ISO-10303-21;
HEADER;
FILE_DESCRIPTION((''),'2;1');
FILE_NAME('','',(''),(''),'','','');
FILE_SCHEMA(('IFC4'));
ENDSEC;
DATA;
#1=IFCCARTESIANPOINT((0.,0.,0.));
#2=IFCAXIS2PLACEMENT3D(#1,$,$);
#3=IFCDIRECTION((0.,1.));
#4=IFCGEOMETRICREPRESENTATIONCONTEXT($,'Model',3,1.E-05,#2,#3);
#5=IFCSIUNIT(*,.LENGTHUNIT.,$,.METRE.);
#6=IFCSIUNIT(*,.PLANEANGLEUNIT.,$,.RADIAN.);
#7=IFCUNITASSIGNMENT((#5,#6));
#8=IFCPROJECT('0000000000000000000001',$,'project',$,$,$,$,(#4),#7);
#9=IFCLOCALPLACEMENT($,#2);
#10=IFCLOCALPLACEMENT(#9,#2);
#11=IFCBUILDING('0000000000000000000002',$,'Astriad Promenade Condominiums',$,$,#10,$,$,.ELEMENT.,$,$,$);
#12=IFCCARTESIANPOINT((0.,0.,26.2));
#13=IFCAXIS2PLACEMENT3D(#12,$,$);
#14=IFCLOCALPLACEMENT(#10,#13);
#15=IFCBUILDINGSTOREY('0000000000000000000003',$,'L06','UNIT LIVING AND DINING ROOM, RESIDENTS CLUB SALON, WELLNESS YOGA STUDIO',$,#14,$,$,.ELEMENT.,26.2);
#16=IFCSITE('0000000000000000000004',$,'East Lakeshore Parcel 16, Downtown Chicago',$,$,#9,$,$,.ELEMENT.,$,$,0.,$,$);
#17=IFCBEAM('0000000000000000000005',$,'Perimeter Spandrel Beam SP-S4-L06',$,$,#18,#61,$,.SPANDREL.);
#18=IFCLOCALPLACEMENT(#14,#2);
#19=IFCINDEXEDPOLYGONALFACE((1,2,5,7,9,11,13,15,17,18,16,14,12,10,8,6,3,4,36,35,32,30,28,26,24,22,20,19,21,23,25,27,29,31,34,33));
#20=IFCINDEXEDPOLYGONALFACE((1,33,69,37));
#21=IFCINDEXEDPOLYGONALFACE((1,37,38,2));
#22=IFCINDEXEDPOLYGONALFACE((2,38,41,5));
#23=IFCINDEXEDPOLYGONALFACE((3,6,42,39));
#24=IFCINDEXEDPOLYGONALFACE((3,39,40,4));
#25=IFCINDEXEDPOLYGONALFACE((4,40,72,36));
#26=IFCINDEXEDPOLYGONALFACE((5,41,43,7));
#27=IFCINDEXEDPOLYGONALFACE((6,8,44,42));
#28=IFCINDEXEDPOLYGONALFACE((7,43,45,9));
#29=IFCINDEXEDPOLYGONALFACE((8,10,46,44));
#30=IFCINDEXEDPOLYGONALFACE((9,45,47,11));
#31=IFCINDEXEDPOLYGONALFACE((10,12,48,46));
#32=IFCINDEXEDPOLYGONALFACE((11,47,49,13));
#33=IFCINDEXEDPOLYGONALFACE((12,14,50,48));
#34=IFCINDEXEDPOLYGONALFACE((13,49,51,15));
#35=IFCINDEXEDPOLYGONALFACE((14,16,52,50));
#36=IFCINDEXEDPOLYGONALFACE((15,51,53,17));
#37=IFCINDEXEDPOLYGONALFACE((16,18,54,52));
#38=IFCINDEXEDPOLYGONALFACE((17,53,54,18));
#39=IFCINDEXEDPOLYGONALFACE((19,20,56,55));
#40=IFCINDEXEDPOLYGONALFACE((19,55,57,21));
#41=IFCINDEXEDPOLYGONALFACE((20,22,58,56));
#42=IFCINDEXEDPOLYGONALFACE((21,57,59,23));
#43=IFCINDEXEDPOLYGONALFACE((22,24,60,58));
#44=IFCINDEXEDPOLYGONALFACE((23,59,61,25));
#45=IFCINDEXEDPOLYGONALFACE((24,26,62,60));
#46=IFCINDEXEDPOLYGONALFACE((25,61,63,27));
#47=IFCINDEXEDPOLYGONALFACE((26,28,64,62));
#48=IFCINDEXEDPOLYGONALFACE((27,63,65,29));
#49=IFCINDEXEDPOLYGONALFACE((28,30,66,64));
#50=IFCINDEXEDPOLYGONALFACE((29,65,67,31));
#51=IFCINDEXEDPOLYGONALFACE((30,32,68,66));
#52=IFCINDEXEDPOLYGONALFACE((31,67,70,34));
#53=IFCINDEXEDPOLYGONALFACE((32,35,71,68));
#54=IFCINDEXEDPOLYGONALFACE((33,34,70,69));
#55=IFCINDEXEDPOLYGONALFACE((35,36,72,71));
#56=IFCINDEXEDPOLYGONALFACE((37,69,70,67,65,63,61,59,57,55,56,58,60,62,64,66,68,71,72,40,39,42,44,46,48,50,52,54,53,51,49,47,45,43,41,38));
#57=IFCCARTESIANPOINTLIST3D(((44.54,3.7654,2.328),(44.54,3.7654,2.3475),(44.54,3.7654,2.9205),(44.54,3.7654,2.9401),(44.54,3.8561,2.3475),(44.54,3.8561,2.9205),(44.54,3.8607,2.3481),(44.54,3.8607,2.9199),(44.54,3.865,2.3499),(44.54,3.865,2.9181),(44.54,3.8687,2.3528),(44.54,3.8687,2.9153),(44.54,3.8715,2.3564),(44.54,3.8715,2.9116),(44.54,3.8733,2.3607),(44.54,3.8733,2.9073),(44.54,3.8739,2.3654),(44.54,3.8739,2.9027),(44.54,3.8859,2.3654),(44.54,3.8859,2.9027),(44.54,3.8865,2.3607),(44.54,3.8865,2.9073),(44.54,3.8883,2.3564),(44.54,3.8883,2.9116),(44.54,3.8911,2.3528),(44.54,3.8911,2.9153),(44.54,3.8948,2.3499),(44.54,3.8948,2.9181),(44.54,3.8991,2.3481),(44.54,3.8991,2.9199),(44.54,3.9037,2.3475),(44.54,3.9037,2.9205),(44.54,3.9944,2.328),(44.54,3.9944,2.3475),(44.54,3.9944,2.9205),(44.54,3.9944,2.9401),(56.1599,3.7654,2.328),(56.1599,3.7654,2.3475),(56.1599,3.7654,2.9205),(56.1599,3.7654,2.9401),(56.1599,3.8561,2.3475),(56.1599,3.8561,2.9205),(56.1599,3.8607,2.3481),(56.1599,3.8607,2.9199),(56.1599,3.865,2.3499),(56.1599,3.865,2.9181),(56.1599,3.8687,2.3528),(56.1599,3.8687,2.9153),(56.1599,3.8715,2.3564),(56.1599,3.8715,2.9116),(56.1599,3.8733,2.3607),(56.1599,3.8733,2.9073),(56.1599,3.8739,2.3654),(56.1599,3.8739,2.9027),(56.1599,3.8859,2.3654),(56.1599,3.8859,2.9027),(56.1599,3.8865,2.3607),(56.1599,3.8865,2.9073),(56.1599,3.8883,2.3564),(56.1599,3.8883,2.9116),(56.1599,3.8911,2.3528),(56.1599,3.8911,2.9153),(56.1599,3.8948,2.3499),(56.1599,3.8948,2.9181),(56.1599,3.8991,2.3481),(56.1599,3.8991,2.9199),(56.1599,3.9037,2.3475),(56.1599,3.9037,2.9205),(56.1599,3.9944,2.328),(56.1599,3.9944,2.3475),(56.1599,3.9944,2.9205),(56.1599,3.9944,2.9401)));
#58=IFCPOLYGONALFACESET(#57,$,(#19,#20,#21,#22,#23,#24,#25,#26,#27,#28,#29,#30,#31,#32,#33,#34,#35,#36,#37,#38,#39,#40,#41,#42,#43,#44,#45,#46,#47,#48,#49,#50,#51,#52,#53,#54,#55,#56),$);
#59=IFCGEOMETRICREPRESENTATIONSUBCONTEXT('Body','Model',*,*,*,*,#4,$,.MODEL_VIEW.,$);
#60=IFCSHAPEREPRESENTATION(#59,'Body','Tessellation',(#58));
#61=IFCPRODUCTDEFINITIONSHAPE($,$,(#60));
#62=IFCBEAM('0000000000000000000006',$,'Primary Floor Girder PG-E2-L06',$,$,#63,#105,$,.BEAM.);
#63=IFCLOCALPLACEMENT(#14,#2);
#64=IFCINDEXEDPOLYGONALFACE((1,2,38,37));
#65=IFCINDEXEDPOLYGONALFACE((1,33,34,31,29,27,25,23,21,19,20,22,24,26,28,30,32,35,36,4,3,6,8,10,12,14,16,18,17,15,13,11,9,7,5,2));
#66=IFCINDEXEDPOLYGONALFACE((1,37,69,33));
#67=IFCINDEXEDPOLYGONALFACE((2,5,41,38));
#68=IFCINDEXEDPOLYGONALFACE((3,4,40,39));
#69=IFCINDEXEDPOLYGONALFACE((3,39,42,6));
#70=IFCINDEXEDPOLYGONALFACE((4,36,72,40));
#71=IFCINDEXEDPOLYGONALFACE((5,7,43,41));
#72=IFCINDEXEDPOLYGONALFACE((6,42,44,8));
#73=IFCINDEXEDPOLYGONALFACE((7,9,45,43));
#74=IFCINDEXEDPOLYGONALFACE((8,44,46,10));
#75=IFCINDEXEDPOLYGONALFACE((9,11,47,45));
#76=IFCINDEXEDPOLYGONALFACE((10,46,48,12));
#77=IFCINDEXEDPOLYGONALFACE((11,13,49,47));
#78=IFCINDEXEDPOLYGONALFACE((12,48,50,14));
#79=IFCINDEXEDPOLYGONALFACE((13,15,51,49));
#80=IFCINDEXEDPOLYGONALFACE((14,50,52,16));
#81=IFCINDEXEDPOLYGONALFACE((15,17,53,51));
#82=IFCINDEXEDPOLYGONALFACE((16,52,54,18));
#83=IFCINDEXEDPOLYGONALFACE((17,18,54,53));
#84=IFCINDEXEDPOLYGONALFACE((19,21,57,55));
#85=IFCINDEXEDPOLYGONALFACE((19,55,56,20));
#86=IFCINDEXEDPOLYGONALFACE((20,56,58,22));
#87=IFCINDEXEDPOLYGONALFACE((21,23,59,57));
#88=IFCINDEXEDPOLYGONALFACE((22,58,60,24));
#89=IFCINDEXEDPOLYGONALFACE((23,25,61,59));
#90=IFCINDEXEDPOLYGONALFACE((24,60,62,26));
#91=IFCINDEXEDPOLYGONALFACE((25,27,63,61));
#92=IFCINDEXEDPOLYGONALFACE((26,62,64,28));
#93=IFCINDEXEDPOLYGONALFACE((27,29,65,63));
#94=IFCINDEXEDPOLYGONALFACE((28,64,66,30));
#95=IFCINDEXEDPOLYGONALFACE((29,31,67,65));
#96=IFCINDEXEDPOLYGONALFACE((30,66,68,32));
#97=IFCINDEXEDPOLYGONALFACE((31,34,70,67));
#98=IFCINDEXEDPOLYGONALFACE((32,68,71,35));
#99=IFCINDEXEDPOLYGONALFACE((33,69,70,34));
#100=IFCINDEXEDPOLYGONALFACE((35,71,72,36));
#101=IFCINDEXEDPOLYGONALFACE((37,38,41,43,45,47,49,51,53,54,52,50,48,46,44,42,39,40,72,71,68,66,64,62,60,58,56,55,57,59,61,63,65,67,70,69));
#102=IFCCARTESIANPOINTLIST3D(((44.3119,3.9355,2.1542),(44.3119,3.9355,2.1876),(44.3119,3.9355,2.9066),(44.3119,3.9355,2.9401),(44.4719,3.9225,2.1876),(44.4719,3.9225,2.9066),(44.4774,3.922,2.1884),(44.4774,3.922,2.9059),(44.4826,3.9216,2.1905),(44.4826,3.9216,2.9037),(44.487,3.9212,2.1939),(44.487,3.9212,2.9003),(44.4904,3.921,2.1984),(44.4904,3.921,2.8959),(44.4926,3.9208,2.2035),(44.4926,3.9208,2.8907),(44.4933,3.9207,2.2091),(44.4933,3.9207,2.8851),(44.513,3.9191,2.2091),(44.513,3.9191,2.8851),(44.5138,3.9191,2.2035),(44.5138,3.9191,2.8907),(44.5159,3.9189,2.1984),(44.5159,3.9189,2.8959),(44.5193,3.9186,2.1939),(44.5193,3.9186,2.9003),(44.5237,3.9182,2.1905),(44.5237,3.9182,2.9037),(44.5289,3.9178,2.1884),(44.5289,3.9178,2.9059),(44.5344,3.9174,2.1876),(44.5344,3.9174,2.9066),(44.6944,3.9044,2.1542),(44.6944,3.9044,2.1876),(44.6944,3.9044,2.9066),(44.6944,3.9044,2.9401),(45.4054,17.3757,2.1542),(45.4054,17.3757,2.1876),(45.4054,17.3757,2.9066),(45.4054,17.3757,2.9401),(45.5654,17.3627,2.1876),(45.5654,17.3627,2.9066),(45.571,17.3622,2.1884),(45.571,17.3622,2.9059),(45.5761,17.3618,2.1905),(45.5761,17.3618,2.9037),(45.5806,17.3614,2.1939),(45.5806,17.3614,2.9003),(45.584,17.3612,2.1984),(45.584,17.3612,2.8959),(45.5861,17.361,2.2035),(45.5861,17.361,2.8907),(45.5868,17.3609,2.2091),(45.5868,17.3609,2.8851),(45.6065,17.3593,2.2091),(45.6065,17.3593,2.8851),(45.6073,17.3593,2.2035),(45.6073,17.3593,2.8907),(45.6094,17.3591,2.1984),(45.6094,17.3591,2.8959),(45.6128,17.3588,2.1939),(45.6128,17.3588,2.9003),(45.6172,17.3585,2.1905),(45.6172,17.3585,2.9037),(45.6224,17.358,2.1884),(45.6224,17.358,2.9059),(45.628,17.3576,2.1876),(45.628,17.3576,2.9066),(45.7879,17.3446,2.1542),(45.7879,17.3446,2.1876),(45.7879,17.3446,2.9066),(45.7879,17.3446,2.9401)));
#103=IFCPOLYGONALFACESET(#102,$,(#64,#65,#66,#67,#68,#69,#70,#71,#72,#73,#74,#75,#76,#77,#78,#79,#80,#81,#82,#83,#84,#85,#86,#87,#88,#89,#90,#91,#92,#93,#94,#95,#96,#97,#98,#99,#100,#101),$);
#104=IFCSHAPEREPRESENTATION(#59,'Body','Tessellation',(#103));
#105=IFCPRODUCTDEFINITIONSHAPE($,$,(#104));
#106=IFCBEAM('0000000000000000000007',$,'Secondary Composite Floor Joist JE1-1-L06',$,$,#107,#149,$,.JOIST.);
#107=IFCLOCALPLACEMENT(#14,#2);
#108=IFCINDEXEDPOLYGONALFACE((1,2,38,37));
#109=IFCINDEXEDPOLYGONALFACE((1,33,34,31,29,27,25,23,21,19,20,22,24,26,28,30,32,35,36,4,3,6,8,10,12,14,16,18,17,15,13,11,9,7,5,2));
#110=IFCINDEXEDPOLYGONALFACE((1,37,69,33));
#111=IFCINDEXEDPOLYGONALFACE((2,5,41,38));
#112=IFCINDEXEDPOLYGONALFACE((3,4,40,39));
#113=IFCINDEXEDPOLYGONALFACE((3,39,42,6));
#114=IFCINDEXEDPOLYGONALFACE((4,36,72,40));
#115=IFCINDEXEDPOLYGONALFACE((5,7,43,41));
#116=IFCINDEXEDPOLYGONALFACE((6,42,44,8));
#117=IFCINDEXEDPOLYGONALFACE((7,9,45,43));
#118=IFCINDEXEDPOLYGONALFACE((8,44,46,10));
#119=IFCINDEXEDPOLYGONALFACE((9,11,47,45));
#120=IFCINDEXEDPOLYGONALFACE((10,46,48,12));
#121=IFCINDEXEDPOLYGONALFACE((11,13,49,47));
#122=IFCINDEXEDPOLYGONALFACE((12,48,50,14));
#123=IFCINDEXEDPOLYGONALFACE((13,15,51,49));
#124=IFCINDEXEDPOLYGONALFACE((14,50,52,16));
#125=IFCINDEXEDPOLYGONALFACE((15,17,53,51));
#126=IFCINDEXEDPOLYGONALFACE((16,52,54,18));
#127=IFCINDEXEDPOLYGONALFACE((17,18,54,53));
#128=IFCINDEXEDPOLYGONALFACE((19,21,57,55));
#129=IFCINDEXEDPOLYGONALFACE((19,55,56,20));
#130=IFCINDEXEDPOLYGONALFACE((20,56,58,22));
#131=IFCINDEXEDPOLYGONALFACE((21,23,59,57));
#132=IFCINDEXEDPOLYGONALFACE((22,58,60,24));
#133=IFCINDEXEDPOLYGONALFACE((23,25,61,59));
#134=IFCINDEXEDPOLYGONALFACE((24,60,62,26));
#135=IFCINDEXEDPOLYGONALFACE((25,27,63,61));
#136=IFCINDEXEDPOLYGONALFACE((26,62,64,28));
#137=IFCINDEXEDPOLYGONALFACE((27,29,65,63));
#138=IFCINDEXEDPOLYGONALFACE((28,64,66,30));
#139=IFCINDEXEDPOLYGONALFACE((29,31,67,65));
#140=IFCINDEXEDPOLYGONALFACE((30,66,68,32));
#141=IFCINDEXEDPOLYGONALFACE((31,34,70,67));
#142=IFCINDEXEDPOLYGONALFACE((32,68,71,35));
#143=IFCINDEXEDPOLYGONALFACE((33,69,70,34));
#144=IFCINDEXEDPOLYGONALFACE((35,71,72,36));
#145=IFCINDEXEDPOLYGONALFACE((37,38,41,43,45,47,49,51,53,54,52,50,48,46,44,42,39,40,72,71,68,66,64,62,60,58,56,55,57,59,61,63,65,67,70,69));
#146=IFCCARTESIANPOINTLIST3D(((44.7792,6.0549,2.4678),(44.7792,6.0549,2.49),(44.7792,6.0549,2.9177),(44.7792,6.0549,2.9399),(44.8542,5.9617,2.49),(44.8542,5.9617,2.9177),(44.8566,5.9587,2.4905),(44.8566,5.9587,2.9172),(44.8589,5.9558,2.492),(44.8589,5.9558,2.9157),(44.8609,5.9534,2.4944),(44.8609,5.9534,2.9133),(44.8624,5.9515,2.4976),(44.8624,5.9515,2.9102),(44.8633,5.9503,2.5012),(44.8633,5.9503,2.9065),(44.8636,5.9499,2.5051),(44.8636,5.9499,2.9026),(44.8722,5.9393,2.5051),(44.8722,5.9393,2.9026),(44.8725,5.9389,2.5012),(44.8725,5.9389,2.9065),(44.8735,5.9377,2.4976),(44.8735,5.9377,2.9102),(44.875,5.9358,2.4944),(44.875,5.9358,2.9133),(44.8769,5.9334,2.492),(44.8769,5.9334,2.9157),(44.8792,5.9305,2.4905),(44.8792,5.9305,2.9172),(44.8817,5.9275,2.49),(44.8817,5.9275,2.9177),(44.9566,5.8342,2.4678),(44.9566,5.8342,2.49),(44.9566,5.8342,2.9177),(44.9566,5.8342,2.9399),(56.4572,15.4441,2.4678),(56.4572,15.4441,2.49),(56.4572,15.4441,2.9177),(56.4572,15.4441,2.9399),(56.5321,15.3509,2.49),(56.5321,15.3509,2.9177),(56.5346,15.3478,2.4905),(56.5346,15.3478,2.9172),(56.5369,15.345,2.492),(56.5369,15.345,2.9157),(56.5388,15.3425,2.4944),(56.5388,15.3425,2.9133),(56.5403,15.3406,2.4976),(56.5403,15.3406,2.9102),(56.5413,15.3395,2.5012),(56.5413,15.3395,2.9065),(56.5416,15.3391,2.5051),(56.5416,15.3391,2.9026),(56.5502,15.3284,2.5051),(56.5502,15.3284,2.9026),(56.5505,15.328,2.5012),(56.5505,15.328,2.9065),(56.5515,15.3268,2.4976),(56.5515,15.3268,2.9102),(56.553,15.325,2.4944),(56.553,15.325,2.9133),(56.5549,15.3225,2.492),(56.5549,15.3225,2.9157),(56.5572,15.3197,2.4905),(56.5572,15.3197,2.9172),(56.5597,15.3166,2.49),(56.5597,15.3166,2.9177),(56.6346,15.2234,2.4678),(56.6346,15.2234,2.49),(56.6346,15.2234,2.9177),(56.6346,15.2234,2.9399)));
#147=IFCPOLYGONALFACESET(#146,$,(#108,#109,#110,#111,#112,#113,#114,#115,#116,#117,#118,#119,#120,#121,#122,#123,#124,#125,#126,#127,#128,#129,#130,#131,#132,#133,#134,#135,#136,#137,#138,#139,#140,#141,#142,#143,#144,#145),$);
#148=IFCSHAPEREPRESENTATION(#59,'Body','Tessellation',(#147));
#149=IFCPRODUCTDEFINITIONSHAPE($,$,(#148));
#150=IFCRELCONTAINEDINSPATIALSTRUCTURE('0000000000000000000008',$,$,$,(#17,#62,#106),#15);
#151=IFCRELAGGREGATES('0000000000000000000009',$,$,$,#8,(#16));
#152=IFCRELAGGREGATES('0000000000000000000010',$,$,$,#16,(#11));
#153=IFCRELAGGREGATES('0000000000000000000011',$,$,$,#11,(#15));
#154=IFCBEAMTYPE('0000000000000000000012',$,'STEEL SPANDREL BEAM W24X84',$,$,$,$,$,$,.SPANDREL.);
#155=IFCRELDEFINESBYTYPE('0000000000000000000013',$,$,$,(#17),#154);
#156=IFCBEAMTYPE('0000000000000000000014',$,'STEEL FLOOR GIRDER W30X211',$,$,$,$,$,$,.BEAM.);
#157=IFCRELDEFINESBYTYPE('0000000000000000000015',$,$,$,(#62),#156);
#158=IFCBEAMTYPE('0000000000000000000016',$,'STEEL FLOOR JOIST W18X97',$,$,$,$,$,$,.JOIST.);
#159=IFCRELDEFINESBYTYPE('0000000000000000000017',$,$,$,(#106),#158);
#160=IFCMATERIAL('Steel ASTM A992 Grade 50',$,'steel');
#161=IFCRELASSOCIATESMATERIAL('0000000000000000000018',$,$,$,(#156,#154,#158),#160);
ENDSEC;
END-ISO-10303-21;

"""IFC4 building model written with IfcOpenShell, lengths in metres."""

from ifc_helpers import new_model, si_unit, direction, frame, origin, origin_2d, place, context, subcontext, project, spatial, i_section, extrude, source, transform, mapped, material, material_profile, profile_set, type_object, type_shapes, element, save


model = new_model("IFC4")

# Units and contexts
model_context = context("Model", 3, precision=1e-05, world=origin(), true_north=direction((0.0, 1.0)))
body_context = subcontext(model_context, "Body", "Model", "MODEL_VIEW")
ifc_project = project(units=[si_unit("LENGTHUNIT", "METRE"), si_unit("PLANEANGLEUNIT", "RADIAN")], contexts=[model_context])

# Site, building, storey
site_placement = place(None, origin())
site = spatial("IfcSite", under=ifc_project, at=site_placement, Name="East Lakeshore Parcel 16, Downtown Chicago", CompositionType="ELEMENT", RefElevation=0.0)
building_placement = place(site_placement, origin())
building = spatial("IfcBuilding", under=site, at=building_placement, Name="Astriad Promenade Condominiums", CompositionType="ELEMENT")
storey_placement = place(building_placement, frame((0.0, 0.0, 26.2)))
storey = spatial("IfcBuildingStorey", under=building, at=storey_placement, Name="L06", Description="UNIT LIVING AND DINING ROOM, RESIDENTS CLUB SALON, WELLNESS YOGA STUDIO", CompositionType="ELEMENT", Elevation=26.2)

# Shared definitions
ifc_material_1 = material(Name="Steel ASTM A992 Grade 50", Category="steel")

# Beams
ifc_material_profile_1 = material_profile(ifc_material_1, i_section(OverallWidth=0.3838, OverallDepth=0.7859, WebThickness=0.0198, FlangeThickness=0.0334, FilletRadius=0.0215, at=origin_2d()), Name="W30X211")
ifc_profile_set_1 = profile_set([ifc_material_profile_1], Name="Steel ASTM A992 Grade 50")
beam_type_1 = type_object("IfcBeamType", Name="STEEL FLOOR GIRDER W30X211", PredefinedType="BEAM", material=ifc_profile_set_1)
ifc_material_profile_2 = material_profile(ifc_material_1, i_section(OverallWidth=0.229, OverallDepth=0.6121, WebThickness=0.012, FlangeThickness=0.0195, FilletRadius=0.0178, at=origin_2d()), Name="W24X84")
ifc_profile_set_2 = profile_set([ifc_material_profile_2], Name="Steel ASTM A992 Grade 50")
beam_type_2 = type_object("IfcBeamType", Name="STEEL SPANDREL BEAM W24X84", PredefinedType="SPANDREL", material=ifc_profile_set_2)
shared_shape_1 = source(origin(), body_context, "Body", "SweptSolid", [
    extrude(i_section(OverallWidth=0.229, OverallDepth=0.6121, WebThickness=0.012, FlangeThickness=0.0195, FilletRadius=0.0178, at=origin_2d()), origin(), (0.0, 0.0, 1.0), 11.6199),
])
type_shapes(beam_type_2, [shared_shape_1])
beam_1_placement = place(storey_placement, frame((44.54, 3.8799, 2.634), z_axis=(1.0, 0.0, 0.0), x_axis=(0.0, 1.0, 0.0)))
element("IfcBeam", 1, at=beam_1_placement, inside=storey, type_object=beam_type_2, Name="Perimeter Spandrel Beam SP-S4-L06", PredefinedType="SPANDREL", context=body_context, shape_type="MappedRepresentation", body=[
    mapped(shared_shape_1, transform((0.0, 0.0, 0.0), scale=1.0)),
])
shared_shape_2 = source(origin(), body_context, "Body", "SweptSolid", [
    extrude(i_section(OverallWidth=0.3838, OverallDepth=0.7859, WebThickness=0.0198, FlangeThickness=0.0334, FilletRadius=0.0215, at=origin_2d()), origin(), (0.0, 0.0, 1.0), 13.4846),
])
beam_2_placement = place(storey_placement, frame((44.5032, 3.9199, 2.5471), z_axis=(0.081093, 0.996707, 0.0), x_axis=(-0.996707, 0.081093, 0.0)))
element("IfcBeam", 2, at=beam_2_placement, inside=storey, type_object=beam_type_1, Name="Primary Floor Girder PG-E2-L06", PredefinedType="BEAM", context=body_context, shape_type="MappedRepresentation", body=[
    mapped(shared_shape_2, transform((0.0, 0.0, 0.0), scale=1.0)),
])
ifc_material_profile_3 = material_profile(ifc_material_1, i_section(OverallWidth=0.2832, OverallDepth=0.4722, WebThickness=0.0137, FlangeThickness=0.0222, FilletRadius=0.0151, at=origin_2d()), Name="W18X97")
ifc_profile_set_3 = profile_set([ifc_material_profile_3], Name="Steel ASTM A992 Grade 50")
beam_type_3 = type_object("IfcBeamType", Name="STEEL FLOOR JOIST W18X97", PredefinedType="JOIST", material=ifc_profile_set_3)
shared_shape_3 = source(origin(), body_context, "Body", "SweptSolid", [
    extrude(i_section(OverallWidth=0.2832, OverallDepth=0.4722, WebThickness=0.0137, FlangeThickness=0.0222, FilletRadius=0.0151, at=origin_2d()), origin(), (0.0, 0.0, 1.0), 14.9844),
])
beam_3_placement = place(storey_placement, frame((44.8679, 5.9446, 2.7039), z_axis=(0.779344, 0.626597, 0.0), x_axis=(-0.626597, 0.779344, 0.0)))
element("IfcBeam", 3, at=beam_3_placement, inside=storey, type_object=beam_type_3, Name="Secondary Composite Floor Joist JE1-1-L06", PredefinedType="JOIST", context=body_context, shape_type="MappedRepresentation", body=[
    mapped(shared_shape_3, transform((0.0, 0.0, 0.0), scale=1.0)),
])

save(model, "model.ifc")
